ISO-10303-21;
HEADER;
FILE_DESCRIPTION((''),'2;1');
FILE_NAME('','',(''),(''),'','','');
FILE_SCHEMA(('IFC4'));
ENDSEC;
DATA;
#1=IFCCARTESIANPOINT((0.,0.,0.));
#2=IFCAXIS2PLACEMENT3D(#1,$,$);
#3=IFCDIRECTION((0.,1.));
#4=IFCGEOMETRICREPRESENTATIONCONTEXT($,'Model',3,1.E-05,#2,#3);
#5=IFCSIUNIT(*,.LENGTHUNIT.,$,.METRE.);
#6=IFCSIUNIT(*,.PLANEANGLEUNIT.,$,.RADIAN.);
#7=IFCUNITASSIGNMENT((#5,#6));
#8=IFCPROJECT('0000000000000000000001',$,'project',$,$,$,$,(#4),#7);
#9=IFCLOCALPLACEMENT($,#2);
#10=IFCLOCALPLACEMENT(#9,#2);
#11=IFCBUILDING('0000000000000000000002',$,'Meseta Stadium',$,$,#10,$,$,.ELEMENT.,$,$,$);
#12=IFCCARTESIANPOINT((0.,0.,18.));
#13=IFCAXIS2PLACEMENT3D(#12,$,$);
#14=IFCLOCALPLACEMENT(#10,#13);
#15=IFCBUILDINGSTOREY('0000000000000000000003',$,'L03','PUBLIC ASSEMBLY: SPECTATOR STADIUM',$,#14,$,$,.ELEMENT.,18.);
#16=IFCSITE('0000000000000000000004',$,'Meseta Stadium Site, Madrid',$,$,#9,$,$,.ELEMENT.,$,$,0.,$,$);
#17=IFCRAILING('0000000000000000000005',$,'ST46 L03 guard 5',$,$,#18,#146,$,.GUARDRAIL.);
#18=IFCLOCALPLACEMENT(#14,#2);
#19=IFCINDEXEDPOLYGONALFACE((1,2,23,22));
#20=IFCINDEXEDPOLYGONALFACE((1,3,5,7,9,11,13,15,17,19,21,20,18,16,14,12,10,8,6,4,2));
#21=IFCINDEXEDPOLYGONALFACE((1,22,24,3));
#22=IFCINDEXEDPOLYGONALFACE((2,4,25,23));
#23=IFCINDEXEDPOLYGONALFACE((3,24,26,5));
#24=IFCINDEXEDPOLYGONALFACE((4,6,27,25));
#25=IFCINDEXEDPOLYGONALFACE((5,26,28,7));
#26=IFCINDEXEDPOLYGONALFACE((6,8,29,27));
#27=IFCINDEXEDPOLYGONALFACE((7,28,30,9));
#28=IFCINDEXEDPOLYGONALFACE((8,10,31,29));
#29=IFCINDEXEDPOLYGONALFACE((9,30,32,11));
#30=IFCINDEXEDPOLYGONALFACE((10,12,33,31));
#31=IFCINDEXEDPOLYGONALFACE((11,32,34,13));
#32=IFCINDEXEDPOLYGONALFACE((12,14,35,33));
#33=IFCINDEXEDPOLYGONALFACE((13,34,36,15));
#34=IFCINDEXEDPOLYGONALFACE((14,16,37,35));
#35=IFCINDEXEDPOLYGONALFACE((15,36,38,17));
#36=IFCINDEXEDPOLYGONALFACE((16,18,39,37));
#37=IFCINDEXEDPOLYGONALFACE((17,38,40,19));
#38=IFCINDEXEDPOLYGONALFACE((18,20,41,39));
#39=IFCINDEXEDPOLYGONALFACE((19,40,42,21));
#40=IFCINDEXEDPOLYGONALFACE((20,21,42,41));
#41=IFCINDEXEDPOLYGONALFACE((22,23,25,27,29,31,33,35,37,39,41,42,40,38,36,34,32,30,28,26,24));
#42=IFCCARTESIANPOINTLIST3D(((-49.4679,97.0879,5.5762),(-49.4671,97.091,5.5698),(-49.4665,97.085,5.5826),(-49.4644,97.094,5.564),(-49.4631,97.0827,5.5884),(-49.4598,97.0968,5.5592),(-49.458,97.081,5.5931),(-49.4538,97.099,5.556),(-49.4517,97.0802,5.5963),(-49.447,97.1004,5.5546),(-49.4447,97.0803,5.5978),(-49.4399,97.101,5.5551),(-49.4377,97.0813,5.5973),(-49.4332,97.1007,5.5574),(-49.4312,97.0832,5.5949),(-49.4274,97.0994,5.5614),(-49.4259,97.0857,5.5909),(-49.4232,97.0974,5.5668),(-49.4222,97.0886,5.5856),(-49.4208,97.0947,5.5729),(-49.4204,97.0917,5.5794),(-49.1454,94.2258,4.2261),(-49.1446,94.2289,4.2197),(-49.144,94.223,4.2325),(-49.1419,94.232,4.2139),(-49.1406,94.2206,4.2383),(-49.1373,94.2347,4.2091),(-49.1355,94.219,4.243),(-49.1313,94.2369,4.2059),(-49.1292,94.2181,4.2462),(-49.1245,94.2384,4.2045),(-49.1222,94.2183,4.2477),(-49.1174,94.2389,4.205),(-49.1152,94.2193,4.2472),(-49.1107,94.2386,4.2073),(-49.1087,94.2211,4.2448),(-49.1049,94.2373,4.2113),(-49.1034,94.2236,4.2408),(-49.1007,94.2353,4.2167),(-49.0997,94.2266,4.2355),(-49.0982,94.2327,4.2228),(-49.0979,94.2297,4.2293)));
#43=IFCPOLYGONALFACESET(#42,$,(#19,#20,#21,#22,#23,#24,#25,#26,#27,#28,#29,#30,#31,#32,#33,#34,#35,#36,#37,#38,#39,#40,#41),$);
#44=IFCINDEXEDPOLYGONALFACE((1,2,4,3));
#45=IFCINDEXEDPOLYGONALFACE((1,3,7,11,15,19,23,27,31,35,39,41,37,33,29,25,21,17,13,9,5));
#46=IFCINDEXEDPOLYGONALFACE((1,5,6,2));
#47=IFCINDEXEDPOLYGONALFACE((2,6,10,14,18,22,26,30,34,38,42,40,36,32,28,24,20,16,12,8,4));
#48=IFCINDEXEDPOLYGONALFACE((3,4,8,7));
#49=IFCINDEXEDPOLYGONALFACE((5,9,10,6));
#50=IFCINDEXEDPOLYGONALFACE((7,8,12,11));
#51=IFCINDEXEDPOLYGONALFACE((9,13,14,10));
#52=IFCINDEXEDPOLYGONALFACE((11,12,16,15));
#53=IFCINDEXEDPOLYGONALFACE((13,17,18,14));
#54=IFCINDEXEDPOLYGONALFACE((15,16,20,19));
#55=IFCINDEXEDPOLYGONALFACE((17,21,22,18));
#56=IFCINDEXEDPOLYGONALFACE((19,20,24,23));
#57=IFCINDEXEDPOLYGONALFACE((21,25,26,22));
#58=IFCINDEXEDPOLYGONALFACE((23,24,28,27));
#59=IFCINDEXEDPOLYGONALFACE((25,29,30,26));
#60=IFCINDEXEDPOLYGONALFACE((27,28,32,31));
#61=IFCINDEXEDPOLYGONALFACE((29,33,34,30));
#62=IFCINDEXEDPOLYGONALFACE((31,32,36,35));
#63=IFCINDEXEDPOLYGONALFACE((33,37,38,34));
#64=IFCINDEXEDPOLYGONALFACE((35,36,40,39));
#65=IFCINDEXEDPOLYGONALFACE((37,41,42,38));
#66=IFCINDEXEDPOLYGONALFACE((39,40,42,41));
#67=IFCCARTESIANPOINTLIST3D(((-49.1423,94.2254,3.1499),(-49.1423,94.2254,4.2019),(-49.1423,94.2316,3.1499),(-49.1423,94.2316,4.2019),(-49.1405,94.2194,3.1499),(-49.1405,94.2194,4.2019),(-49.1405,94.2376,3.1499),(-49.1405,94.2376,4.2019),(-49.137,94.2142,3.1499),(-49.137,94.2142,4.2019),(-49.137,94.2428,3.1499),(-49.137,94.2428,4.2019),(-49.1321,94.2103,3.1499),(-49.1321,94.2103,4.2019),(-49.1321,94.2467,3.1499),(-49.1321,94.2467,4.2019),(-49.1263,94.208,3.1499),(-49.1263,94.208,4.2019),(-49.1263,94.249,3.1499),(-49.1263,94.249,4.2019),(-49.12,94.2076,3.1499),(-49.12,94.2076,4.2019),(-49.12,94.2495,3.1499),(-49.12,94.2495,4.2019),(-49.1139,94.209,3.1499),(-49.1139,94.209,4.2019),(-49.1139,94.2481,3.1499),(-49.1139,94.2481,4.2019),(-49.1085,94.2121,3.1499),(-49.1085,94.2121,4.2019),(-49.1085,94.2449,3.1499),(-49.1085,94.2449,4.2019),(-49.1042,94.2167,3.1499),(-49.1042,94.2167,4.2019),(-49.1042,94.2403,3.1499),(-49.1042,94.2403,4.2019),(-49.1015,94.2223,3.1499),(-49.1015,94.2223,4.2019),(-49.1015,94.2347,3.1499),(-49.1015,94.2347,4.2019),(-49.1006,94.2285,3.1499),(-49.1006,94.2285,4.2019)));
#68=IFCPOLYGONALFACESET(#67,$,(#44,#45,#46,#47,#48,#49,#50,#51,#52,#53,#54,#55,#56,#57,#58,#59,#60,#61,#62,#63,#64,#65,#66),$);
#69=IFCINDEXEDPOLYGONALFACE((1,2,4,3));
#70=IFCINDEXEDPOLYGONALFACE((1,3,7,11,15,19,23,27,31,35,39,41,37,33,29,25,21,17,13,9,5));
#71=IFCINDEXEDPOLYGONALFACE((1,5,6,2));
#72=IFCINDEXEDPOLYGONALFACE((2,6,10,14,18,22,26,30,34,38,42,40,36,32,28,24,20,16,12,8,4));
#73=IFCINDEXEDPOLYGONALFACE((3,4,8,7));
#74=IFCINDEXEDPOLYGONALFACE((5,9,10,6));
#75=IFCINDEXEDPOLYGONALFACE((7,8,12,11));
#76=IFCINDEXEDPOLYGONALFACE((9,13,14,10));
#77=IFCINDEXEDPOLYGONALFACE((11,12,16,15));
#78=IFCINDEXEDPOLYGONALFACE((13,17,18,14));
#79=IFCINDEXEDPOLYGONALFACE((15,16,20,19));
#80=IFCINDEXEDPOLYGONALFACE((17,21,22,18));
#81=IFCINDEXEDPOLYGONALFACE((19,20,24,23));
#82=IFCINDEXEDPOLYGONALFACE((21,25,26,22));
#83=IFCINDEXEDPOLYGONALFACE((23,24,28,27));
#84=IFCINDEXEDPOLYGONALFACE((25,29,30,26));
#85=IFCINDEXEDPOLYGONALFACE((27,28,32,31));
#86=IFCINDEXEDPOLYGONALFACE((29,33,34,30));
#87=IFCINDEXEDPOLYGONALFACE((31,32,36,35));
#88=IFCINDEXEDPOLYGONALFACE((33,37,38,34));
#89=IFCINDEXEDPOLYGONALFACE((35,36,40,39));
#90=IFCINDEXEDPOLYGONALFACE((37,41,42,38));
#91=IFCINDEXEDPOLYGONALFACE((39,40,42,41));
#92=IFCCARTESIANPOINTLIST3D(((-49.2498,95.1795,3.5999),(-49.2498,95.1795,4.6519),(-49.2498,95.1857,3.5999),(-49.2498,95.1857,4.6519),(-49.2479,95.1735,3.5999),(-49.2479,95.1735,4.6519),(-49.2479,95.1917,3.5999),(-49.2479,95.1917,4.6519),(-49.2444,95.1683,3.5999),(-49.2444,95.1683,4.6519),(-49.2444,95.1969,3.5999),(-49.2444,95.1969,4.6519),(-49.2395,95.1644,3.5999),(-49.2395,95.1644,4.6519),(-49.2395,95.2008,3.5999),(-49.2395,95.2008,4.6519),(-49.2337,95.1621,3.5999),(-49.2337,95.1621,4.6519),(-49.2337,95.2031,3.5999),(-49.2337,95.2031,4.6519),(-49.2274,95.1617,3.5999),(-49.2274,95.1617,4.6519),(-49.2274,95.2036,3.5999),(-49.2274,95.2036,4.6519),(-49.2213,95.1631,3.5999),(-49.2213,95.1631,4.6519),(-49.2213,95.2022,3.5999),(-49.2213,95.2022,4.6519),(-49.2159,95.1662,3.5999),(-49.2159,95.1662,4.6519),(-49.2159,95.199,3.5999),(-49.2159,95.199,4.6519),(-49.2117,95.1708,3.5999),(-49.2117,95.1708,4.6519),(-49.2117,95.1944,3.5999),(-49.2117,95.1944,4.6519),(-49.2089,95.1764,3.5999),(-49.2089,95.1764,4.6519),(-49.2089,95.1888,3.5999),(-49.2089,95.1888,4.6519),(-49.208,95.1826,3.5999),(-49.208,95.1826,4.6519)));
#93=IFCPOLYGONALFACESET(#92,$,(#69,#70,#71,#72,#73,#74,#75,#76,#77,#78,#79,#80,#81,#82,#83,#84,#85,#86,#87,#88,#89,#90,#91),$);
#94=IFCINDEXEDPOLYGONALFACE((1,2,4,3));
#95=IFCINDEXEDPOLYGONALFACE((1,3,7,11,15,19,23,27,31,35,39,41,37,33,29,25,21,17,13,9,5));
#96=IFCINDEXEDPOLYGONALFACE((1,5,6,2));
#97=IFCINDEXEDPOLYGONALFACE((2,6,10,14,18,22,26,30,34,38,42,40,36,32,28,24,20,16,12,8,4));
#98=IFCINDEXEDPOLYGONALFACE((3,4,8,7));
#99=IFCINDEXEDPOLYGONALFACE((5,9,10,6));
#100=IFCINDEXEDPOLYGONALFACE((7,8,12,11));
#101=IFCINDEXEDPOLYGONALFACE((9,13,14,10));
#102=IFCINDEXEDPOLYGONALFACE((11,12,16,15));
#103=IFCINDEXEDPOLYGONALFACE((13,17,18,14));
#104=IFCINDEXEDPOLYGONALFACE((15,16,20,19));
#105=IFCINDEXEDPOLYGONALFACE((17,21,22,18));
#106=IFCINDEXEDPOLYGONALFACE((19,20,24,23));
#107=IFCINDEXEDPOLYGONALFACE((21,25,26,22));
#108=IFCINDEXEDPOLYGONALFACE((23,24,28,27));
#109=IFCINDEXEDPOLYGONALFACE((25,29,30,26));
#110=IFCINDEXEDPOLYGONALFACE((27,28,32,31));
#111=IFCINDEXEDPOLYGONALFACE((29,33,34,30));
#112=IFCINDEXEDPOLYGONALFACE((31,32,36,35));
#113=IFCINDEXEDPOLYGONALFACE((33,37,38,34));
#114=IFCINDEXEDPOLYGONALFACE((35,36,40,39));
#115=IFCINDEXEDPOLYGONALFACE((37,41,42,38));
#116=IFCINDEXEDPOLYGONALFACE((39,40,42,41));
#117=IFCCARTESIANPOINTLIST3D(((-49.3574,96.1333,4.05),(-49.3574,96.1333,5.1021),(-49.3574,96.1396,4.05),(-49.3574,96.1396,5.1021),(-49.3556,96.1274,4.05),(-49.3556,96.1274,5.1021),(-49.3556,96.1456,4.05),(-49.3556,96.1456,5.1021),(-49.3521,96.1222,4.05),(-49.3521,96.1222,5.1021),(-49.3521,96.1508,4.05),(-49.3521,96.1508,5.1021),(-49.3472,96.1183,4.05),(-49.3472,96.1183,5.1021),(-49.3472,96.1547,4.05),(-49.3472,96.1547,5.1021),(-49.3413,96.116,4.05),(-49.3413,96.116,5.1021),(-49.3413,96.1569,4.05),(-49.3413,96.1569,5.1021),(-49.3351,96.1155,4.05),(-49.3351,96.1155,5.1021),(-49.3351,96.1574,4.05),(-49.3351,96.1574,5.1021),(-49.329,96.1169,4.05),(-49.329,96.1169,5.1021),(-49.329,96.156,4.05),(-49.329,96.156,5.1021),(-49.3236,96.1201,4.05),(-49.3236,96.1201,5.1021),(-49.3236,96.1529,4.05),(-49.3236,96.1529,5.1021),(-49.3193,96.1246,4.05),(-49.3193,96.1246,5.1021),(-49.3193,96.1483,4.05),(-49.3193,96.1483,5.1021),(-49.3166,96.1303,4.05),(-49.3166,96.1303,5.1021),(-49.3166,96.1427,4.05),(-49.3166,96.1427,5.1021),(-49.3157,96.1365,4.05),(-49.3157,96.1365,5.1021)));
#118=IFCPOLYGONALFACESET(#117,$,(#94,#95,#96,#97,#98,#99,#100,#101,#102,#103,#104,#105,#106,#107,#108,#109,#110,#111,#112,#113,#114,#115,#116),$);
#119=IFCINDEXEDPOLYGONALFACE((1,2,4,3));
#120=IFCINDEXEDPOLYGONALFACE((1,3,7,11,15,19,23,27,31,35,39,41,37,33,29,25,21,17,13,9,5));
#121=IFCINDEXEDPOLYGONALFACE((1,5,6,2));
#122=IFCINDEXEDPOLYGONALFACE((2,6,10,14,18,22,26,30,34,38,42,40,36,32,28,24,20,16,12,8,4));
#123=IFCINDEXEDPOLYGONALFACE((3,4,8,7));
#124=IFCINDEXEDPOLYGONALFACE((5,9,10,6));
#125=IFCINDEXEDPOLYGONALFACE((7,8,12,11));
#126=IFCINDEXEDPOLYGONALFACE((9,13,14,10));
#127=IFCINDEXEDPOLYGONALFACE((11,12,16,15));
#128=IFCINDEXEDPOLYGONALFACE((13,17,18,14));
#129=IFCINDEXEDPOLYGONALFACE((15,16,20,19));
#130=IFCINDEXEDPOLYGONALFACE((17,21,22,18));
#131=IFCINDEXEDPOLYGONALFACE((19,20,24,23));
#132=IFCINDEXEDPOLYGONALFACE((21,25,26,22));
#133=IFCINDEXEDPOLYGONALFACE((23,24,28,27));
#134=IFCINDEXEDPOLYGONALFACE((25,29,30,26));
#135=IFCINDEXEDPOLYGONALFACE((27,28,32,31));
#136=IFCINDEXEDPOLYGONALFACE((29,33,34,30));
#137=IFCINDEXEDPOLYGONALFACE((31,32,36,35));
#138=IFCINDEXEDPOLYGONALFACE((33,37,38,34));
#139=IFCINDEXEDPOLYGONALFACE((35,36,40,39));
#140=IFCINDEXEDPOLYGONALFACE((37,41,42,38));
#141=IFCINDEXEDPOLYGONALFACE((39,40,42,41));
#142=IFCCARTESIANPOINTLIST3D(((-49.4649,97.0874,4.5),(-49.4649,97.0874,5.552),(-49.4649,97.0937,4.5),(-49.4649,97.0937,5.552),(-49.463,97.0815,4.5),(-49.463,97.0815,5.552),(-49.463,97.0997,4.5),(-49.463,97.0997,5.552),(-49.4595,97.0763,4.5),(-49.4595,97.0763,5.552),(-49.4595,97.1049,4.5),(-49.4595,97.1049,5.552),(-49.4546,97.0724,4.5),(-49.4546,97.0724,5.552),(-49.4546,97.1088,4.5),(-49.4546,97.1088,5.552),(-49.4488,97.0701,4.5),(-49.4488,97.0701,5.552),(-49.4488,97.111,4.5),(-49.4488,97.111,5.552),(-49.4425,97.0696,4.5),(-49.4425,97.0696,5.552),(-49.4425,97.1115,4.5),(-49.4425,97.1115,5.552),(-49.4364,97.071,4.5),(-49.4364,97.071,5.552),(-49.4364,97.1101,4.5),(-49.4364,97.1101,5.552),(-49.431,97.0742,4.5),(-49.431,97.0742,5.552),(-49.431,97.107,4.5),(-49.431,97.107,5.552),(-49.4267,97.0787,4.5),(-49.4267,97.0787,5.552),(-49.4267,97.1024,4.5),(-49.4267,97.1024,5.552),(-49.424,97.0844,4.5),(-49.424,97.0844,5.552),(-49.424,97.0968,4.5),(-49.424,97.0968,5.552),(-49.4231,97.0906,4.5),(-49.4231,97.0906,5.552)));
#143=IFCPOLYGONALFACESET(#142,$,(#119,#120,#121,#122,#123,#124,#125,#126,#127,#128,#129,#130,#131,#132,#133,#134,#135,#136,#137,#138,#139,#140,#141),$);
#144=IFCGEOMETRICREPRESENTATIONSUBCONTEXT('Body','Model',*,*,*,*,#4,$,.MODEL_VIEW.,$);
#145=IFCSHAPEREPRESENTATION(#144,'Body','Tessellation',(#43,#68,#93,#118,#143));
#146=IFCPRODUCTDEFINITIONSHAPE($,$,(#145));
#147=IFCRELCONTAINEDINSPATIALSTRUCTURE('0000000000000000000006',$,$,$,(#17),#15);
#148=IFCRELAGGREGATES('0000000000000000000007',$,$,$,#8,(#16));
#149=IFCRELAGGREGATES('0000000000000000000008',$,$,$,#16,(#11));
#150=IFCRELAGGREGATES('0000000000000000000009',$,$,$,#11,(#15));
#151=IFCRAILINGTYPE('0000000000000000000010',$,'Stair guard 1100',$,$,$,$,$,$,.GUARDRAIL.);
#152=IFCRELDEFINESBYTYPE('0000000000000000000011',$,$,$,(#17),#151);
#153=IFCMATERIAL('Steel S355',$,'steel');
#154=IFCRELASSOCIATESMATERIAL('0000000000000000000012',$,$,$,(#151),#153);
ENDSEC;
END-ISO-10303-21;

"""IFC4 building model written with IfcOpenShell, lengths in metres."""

from ifc_helpers import new_model, si_unit, direction, frame, origin, origin_2d, place, context, subcontext, project, spatial, circle, extrude, material, type_object, element, save


model = new_model("IFC4")

# Units and contexts
model_context = context("Model", 3, precision=1e-05, world=origin(), true_north=direction((0.0, 1.0)))
body_context = subcontext(model_context, "Body", "Model", "MODEL_VIEW")
ifc_project = project(units=[si_unit("LENGTHUNIT", "METRE"), si_unit("PLANEANGLEUNIT", "RADIAN")], contexts=[model_context])

# Site, building, storey
site_placement = place(None, origin())
site = spatial("IfcSite", under=ifc_project, at=site_placement, Name="Meseta Stadium Site, Madrid", CompositionType="ELEMENT", RefElevation=0.0)
building_placement = place(site_placement, origin())
building = spatial("IfcBuilding", under=site, at=building_placement, Name="Meseta Stadium", CompositionType="ELEMENT")
storey_placement = place(building_placement, frame((0.0, 0.0, 18.0)))
storey = spatial("IfcBuildingStorey", under=building, at=storey_placement, Name="L03", Description="PUBLIC ASSEMBLY: SPECTATOR STADIUM", CompositionType="ELEMENT", Elevation=18.0)

# Railing
ifc_material_1 = material(Name="Steel S355", Category="steel")
railing_type_1 = type_object("IfcRailingType", Name="Stair guard 1100", PredefinedType="GUARDRAIL", material=ifc_material_1)
for number, where, name in (
    (1, (-49.1216, 94.2285, 3.1499), "ST46 L03 guard 5"),
):
    element("IfcRailing", number, at=place(storey_placement, frame(where)), inside=storey, type_object=railing_type_1, Name=name, PredefinedType="GUARDRAIL", context=body_context, shape_type="SweptSolid", body=[
        extrude(circle(Radius=0.0239, at=origin_2d()), frame((0.0, 0.0, 1.0762), z_axis=(-0.101389, 0.899763, 0.424438), x_axis=(-0.993711, -0.111976, 0.0)), (0.0, 0.0, 1.0), 3.1809),
        extrude(circle(Radius=0.021, at=origin_2d()), origin(), (0.0, 0.0, 1.0), 1.052),
        extrude(circle(Radius=0.021, at=origin_2d()), frame((-0.1074, 0.9541, 0.45)), (0.0, 0.0, 1.0), 1.052),
        extrude(circle(Radius=0.021, at=origin_2d()), frame((-0.2151, 1.908, 0.9001)), (0.0, 0.0, 1.0), 1.052),
        extrude(circle(Radius=0.021, at=origin_2d()), frame((-0.3225, 2.8621, 1.3501)), (0.0, 0.0, 1.0), 1.052),
    ])

save(model, "model.ifc")
